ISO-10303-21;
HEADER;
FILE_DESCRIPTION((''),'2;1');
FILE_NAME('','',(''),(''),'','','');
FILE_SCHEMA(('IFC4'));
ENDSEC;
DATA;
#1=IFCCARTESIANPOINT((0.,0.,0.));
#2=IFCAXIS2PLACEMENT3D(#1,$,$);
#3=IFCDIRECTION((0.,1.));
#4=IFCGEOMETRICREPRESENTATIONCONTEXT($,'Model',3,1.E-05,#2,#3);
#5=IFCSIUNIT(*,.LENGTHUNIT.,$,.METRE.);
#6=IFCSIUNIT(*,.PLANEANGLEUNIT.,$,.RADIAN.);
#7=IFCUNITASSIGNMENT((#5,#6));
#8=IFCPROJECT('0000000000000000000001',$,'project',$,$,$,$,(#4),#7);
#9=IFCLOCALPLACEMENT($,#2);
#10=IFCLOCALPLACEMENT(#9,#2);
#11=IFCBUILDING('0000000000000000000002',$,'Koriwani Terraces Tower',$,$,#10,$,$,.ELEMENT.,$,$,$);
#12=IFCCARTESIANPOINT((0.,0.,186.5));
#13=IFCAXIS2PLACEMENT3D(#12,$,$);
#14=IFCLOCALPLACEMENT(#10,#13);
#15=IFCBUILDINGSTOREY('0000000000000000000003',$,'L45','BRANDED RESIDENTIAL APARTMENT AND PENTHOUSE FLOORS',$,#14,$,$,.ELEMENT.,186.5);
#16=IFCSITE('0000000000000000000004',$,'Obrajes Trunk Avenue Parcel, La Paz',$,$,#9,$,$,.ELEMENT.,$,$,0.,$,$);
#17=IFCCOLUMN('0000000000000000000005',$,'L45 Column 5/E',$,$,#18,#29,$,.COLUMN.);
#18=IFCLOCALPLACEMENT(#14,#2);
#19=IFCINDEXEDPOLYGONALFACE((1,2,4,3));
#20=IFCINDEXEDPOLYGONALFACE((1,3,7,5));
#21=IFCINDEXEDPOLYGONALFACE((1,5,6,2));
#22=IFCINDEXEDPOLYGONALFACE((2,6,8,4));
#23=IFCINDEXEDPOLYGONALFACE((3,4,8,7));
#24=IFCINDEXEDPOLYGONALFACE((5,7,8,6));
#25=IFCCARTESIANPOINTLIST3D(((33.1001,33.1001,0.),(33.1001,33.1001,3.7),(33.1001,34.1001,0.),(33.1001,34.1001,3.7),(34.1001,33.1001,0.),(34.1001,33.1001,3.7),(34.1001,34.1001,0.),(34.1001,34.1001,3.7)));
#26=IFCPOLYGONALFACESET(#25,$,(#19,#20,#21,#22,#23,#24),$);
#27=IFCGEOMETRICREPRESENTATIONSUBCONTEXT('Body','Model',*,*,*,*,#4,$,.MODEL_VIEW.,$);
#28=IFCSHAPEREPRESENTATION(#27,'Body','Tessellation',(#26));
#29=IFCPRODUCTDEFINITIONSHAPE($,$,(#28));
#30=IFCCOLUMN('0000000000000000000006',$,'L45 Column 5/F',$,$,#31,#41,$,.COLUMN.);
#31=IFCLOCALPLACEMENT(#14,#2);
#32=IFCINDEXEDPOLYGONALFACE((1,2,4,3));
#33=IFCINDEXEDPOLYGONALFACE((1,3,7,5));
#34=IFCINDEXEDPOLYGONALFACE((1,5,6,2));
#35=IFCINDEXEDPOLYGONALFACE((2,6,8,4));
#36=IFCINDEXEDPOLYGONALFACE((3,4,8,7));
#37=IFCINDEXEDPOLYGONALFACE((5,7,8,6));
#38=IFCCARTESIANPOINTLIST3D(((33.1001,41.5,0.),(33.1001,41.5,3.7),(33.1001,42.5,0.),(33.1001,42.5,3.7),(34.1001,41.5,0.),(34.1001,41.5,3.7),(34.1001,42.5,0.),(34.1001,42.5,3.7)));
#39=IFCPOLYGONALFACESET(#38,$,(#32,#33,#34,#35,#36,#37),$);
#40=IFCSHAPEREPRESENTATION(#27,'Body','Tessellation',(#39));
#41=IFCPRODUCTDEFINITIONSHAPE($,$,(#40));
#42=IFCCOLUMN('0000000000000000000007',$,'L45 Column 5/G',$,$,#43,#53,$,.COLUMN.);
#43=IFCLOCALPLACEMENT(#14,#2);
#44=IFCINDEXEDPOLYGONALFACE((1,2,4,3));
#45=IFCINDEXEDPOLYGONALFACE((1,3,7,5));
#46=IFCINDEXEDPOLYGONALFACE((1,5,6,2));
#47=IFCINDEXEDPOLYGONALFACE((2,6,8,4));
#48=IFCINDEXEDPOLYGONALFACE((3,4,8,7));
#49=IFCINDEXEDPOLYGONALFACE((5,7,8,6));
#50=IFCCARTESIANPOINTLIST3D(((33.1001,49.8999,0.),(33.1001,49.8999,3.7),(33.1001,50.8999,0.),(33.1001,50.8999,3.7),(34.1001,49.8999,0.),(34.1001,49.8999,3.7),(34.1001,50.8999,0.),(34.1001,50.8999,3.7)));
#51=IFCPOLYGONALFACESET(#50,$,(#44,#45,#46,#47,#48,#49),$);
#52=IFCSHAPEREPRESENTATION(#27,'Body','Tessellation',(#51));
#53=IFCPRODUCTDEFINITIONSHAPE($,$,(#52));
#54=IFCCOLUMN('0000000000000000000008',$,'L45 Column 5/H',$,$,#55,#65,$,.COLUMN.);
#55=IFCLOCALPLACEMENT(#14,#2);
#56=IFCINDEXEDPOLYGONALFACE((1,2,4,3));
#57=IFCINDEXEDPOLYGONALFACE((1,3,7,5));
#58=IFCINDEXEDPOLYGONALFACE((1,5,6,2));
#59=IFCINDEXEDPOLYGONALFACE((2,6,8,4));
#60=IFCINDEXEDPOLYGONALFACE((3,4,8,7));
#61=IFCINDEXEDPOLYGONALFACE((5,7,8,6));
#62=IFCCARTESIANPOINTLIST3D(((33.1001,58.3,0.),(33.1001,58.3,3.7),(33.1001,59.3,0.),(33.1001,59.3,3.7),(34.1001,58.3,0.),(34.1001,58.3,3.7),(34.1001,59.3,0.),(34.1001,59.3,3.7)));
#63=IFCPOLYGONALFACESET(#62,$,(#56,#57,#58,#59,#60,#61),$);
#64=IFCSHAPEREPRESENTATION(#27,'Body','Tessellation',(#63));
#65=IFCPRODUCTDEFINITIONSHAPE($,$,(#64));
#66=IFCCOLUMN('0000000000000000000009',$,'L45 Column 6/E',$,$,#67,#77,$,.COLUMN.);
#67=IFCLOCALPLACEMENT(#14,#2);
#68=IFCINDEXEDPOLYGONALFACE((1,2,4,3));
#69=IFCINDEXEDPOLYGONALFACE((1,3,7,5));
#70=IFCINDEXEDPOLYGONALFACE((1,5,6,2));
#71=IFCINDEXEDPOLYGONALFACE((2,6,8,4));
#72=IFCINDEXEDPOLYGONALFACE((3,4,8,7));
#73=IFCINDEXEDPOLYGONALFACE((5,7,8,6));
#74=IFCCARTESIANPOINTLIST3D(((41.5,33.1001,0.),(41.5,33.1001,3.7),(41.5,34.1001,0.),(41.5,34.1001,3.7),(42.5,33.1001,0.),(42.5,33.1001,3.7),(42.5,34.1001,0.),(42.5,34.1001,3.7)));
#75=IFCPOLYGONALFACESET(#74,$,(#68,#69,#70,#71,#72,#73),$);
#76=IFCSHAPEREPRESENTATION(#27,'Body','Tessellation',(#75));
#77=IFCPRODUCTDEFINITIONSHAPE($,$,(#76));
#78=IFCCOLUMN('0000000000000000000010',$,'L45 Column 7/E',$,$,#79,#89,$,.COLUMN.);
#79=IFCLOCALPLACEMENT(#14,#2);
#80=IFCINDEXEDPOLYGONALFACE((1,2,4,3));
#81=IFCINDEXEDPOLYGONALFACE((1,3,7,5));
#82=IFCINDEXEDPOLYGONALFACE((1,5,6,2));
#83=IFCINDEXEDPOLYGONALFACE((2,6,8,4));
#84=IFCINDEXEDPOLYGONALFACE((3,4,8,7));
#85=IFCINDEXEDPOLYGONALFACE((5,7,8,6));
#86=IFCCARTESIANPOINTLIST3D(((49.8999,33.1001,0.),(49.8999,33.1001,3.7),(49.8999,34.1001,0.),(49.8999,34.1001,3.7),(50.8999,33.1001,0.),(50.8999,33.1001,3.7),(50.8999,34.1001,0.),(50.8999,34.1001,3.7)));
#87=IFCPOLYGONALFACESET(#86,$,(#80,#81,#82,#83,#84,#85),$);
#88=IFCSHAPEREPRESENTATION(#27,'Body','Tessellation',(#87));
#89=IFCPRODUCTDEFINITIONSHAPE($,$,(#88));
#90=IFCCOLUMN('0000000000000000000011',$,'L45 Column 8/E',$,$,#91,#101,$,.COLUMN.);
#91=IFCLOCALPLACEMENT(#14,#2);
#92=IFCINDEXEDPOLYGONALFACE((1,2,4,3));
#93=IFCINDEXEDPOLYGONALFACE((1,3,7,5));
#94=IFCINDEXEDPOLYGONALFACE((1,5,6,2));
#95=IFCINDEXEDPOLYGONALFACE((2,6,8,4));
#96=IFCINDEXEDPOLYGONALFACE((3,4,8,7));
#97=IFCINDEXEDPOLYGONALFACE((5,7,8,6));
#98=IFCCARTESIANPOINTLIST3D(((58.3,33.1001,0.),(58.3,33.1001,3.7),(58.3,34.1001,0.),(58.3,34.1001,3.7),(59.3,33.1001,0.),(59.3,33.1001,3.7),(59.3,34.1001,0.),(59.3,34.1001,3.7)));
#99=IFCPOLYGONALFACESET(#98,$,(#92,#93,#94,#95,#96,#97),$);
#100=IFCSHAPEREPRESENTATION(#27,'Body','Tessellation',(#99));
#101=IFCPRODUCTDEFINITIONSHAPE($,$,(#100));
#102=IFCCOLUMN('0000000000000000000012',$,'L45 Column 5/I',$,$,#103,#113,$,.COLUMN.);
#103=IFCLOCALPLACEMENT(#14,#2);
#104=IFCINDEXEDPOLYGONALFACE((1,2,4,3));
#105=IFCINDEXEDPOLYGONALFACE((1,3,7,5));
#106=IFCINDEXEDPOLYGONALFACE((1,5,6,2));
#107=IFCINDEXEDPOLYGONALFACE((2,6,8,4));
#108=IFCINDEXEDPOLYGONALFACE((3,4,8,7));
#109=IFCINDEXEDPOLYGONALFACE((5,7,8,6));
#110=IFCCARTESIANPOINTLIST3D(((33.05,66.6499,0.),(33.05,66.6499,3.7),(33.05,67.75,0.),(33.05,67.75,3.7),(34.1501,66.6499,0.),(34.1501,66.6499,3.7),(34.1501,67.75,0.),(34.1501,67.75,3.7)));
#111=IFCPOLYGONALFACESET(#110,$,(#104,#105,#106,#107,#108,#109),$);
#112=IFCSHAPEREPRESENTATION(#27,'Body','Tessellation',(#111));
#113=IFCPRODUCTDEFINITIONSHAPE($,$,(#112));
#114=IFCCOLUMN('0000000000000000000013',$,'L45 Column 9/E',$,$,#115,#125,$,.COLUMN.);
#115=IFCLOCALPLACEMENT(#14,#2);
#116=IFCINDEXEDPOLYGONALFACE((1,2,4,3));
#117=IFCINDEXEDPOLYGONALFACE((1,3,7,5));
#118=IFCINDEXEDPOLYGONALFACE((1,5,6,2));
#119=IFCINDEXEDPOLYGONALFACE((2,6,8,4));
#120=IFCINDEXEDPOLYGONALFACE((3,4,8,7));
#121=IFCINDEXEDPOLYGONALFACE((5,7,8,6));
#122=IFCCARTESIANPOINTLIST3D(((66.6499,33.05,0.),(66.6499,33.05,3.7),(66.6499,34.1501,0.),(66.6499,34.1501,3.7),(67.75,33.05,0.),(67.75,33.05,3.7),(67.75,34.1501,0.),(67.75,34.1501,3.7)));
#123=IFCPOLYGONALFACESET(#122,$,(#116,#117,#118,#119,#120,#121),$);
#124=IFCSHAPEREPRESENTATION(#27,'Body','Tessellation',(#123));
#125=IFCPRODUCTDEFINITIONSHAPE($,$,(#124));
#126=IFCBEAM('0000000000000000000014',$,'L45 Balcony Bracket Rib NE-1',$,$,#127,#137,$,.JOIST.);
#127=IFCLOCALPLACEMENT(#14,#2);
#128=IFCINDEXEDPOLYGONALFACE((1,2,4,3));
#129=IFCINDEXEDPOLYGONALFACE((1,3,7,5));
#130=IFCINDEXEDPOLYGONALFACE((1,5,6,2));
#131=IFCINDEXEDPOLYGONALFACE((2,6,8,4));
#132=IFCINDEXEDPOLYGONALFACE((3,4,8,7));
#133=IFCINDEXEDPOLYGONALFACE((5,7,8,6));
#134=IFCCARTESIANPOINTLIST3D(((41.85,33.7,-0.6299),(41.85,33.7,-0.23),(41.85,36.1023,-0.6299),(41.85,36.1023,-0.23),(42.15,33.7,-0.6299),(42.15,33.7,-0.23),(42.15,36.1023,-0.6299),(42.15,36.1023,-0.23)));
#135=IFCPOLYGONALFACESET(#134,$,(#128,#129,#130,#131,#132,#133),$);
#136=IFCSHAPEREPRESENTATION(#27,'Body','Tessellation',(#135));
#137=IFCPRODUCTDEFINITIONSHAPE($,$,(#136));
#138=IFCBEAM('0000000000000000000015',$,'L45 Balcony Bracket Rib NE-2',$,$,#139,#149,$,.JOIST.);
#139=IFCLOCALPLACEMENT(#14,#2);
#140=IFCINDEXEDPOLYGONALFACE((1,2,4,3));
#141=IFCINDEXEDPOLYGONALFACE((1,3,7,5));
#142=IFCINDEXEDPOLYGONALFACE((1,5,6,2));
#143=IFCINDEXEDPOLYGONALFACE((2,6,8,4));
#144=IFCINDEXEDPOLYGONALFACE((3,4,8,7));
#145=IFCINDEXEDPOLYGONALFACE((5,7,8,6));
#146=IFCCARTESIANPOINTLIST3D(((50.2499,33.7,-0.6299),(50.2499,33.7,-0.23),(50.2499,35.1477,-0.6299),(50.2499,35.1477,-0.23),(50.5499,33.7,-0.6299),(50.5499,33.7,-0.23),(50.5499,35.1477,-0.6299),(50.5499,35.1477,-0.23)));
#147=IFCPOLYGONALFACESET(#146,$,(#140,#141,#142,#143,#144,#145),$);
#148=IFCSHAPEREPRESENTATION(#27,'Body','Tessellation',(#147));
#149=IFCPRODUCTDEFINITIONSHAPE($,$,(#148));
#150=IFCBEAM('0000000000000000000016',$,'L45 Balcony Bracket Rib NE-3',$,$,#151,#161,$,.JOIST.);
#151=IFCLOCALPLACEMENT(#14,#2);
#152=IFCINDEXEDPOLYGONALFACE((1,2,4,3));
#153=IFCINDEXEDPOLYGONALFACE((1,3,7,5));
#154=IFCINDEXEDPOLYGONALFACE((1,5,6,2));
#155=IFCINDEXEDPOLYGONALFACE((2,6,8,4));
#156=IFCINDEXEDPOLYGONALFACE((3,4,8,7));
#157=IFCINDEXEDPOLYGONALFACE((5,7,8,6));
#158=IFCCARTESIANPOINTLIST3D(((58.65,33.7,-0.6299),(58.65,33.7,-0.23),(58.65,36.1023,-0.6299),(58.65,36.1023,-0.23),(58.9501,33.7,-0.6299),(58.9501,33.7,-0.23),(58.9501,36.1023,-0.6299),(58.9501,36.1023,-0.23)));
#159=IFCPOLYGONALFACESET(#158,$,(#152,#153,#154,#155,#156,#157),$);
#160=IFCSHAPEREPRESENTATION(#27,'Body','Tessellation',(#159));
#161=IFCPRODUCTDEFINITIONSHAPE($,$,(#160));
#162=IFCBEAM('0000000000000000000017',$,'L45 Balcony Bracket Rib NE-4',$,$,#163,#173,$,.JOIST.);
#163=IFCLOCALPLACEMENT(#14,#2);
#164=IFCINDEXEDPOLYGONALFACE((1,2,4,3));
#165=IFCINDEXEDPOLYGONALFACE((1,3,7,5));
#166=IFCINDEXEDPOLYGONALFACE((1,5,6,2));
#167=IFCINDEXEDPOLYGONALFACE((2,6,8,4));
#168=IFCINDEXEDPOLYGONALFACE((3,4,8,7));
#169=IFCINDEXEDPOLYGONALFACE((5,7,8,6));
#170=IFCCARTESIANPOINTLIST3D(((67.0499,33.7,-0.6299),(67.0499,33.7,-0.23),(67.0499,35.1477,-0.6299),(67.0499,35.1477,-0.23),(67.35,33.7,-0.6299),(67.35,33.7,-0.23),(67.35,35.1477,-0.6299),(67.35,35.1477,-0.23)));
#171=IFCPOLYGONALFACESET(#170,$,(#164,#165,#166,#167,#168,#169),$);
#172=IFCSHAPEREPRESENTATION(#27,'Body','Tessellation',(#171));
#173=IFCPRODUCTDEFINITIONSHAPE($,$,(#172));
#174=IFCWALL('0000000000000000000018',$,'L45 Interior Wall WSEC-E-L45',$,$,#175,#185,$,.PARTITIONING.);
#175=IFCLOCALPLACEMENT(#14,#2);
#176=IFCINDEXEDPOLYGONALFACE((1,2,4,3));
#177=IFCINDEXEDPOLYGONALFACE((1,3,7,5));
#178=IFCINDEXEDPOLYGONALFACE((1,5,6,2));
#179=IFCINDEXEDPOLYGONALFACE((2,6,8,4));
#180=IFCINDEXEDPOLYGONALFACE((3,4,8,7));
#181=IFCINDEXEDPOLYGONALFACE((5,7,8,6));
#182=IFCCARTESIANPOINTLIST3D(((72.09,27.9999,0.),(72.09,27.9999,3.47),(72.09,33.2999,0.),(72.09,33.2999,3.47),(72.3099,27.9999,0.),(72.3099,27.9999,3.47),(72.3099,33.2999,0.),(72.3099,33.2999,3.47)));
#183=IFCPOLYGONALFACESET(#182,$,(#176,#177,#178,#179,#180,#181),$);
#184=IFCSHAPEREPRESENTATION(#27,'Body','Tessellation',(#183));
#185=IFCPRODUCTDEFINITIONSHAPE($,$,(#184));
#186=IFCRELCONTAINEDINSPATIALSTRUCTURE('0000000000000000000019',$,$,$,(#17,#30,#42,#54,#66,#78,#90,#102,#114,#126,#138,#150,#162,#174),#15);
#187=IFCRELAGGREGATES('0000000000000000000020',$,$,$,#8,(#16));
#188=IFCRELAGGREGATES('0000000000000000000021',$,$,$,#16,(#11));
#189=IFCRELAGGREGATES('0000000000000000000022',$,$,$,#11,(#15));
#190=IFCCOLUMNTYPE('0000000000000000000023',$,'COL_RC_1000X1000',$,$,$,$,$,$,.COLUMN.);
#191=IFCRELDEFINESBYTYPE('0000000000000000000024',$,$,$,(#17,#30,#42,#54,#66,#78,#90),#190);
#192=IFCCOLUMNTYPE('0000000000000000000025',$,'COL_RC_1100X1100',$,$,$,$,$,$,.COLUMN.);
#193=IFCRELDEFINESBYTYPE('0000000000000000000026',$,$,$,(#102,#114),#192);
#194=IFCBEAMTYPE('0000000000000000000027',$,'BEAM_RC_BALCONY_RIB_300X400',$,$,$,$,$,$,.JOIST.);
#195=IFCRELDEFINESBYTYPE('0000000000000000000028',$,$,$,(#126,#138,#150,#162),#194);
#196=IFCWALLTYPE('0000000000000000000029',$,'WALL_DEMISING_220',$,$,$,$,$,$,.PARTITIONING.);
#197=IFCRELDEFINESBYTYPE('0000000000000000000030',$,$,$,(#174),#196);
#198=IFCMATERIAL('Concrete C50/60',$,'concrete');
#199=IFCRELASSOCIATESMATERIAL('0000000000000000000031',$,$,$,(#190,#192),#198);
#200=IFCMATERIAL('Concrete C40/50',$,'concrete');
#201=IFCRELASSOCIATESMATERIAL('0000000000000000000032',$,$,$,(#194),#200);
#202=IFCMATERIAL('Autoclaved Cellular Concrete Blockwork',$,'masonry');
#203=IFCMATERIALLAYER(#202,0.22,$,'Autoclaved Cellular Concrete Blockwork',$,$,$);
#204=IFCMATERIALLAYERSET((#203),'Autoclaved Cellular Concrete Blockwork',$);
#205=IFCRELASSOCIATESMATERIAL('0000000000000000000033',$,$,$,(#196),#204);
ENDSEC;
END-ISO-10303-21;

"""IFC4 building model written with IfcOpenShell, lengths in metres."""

from ifc_helpers import new_model, si_unit, direction, frame, frame_2d, origin, origin_2d, place, context, subcontext, project, spatial, rectangle, extrude, material, layer, layer_set, material_profile, profile_set, type_object, element, save


model = new_model("IFC4")

# Units and contexts
model_context = context("Model", 3, precision=1e-05, world=origin(), true_north=direction((0.0, 1.0)))
body_context = subcontext(model_context, "Body", "Model", "MODEL_VIEW")
ifc_project = project(units=[si_unit("LENGTHUNIT", "METRE"), si_unit("PLANEANGLEUNIT", "RADIAN")], contexts=[model_context])

# Site, building, storey
site_placement = place(None, origin())
site = spatial("IfcSite", under=ifc_project, at=site_placement, Name="Obrajes Trunk Avenue Parcel, La Paz", CompositionType="ELEMENT", RefElevation=0.0)
building_placement = place(site_placement, origin())
building = spatial("IfcBuilding", under=site, at=building_placement, Name="Koriwani Terraces Tower", CompositionType="ELEMENT")
storey_placement = place(building_placement, frame((0.0, 0.0, 186.5)))
storey = spatial("IfcBuildingStorey", under=building, at=storey_placement, Name="L45", Description="BRANDED RESIDENTIAL APARTMENT AND PENTHOUSE FLOORS", CompositionType="ELEMENT", Elevation=186.5)

# Columns
ifc_material_1 = material(Name="Concrete C50/60", Category="concrete")
ifc_material_profile_1 = material_profile(ifc_material_1, rectangle(XDim=1.0, YDim=1.0, at=origin_2d()), Name="Concrete C50/60", Category="LoadBearing")
ifc_profile_set_1 = profile_set([ifc_material_profile_1], Name="Concrete C50/60")
column_type_1 = type_object("IfcColumnType", Name="COL_RC_1000X1000", PredefinedType="COLUMN", material=ifc_profile_set_1)
for number, where, z_axis, x_axis, name in (
    (1, (33.6001, 33.6001, 0.0), (0.0, 0.0, 1.0), (1.0, 0.0, 0.0), "L45 Column 5/E"),
    (2, (33.6001, 42.0, 0.0), (0.0, 0.0, 1.0), (1.0, 0.0, 0.0), "L45 Column 5/F"),
    (3, (33.6001, 50.3999, 0.0), (0.0, 0.0, 1.0), (1.0, 0.0, 0.0), "L45 Column 5/G"),
    (4, (33.6001, 58.8, 0.0), (0.0, 0.0, 1.0), (1.0, 0.0, 0.0), "L45 Column 5/H"),
    (5, (42.0, 33.6001, 0.0), (0.0, 0.0, 1.0), (1.0, 0.0, 0.0), "L45 Column 6/E"),
    (6, (50.3999, 33.6001, 0.0), (0.0, 0.0, 1.0), (1.0, 0.0, 0.0), "L45 Column 7/E"),
    (7, (58.8, 33.6001, 0.0), (0.0, 0.0, 1.0), (1.0, 0.0, 0.0), "L45 Column 8/E"),
):
    element("IfcColumn", number, at=place(storey_placement, frame(where, z_axis=z_axis, x_axis=x_axis)), inside=storey, type_object=column_type_1, Name=name, PredefinedType="COLUMN", context=body_context, shape_type="SweptSolid", body=[
        extrude(rectangle(XDim=1.0, YDim=1.0, at=origin_2d()), origin(), (0.0, 0.0, 1.0), 3.7),
    ])
ifc_material_profile_2 = material_profile(ifc_material_1, rectangle(XDim=1.1001, YDim=1.1001, at=origin_2d()), Name="Concrete C50/60", Category="LoadBearing")
ifc_profile_set_2 = profile_set([ifc_material_profile_2], Name="Concrete C50/60")
column_type_2 = type_object("IfcColumnType", Name="COL_RC_1100X1100", PredefinedType="COLUMN", material=ifc_profile_set_2)
for number, where, z_axis, x_axis, name in (
    (8, (33.6001, 67.2, 0.0), (0.0, 0.0, 1.0), (1.0, 0.0, 0.0), "L45 Column 5/I"),
    (9, (67.2, 33.6001, 0.0), (0.0, 0.0, 1.0), (1.0, 0.0, 0.0), "L45 Column 9/E"),
):
    element("IfcColumn", number, at=place(storey_placement, frame(where, z_axis=z_axis, x_axis=x_axis)), inside=storey, type_object=column_type_2, Name=name, PredefinedType="COLUMN", context=body_context, shape_type="SweptSolid", body=[
        extrude(rectangle(XDim=1.1001, YDim=1.1001, at=origin_2d()), origin(), (0.0, 0.0, 1.0), 3.7),
    ])

# Beams
ifc_material_2 = material(Name="Concrete C40/50", Category="concrete")
ifc_material_profile_3 = material_profile(ifc_material_2, rectangle(XDim=0.3, YDim=0.3999, at=origin_2d()), Name="Concrete C40/50", Category="LoadBearing")
ifc_profile_set_3 = profile_set([ifc_material_profile_3], Name="Concrete C40/50")
beam_type = type_object("IfcBeamType", Name="BEAM_RC_BALCONY_RIB_300X400", PredefinedType="JOIST", material=ifc_profile_set_3)
beam_1_placement = place(storey_placement, frame((42.0, 33.7, -0.4299), z_axis=(0.0, 1.0, 0.0), x_axis=(-1.0, 0.0, 0.0)))
element("IfcBeam", 10, at=beam_1_placement, inside=storey, type_object=beam_type, Name="L45 Balcony Bracket Rib NE-1", PredefinedType="JOIST", context=body_context, shape_type="SweptSolid", body=[
    extrude(rectangle(XDim=0.3, YDim=0.3999, at=origin_2d()), origin(), (0.0, 0.0, 1.0), 2.4023),
])
beam_2_placement = place(storey_placement, frame((50.3999, 33.7, -0.4299), z_axis=(0.0, 1.0, 0.0), x_axis=(-1.0, 0.0, 0.0)))
element("IfcBeam", 11, at=beam_2_placement, inside=storey, type_object=beam_type, Name="L45 Balcony Bracket Rib NE-2", PredefinedType="JOIST", context=body_context, shape_type="SweptSolid", body=[
    extrude(rectangle(XDim=0.3, YDim=0.3999, at=origin_2d()), origin(), (0.0, 0.0, 1.0), 1.4478),
])
beam_3_placement = place(storey_placement, frame((58.8, 33.7, -0.4299), z_axis=(0.0, 1.0, 0.0), x_axis=(-1.0, 0.0, 0.0)))
element("IfcBeam", 12, at=beam_3_placement, inside=storey, type_object=beam_type, Name="L45 Balcony Bracket Rib NE-3", PredefinedType="JOIST", context=body_context, shape_type="SweptSolid", body=[
    extrude(rectangle(XDim=0.3, YDim=0.3999, at=origin_2d()), origin(), (0.0, 0.0, 1.0), 2.4023),
])
beam_4_placement = place(storey_placement, frame((67.2, 33.7, -0.4299), z_axis=(0.0, 1.0, 0.0), x_axis=(-1.0, 0.0, 0.0)))
element("IfcBeam", 13, at=beam_4_placement, inside=storey, type_object=beam_type, Name="L45 Balcony Bracket Rib NE-4", PredefinedType="JOIST", context=body_context, shape_type="SweptSolid", body=[
    extrude(rectangle(XDim=0.3, YDim=0.3999, at=origin_2d()), origin(), (0.0, 0.0, 1.0), 1.4478),
])

# Wall
ifc_material_3 = material(Name="Autoclaved Cellular Concrete Blockwork", Category="masonry")
ifc_layer_1 = layer(ifc_material_3, 0.22, Name="Autoclaved Cellular Concrete Blockwork")
ifc_layer_set_1 = layer_set([ifc_layer_1], Name="Autoclaved Cellular Concrete Blockwork")
wall_type_1 = type_object("IfcWallType", Name="WALL_DEMISING_220", PredefinedType="PARTITIONING", material=ifc_layer_set_1)
wall_1_placement = place(storey_placement, frame((72.2, 28.0, 0.0), z_axis=(0.0, 0.0, 1.0), x_axis=(0.0, 1.0, 0.0)))
element("IfcWall", 14, at=wall_1_placement, inside=storey, type_object=wall_type_1, Name="L45 Interior Wall WSEC-E-L45", PredefinedType="PARTITIONING", context=body_context, shape_type="SweptSolid", body=[
    extrude(rectangle(XDim=5.3, YDim=0.22, at=frame_2d((2.6499, 0.0))), origin(), (0.0, 0.0, 1.0), 3.47),
])

save(model, "model.ifc")
